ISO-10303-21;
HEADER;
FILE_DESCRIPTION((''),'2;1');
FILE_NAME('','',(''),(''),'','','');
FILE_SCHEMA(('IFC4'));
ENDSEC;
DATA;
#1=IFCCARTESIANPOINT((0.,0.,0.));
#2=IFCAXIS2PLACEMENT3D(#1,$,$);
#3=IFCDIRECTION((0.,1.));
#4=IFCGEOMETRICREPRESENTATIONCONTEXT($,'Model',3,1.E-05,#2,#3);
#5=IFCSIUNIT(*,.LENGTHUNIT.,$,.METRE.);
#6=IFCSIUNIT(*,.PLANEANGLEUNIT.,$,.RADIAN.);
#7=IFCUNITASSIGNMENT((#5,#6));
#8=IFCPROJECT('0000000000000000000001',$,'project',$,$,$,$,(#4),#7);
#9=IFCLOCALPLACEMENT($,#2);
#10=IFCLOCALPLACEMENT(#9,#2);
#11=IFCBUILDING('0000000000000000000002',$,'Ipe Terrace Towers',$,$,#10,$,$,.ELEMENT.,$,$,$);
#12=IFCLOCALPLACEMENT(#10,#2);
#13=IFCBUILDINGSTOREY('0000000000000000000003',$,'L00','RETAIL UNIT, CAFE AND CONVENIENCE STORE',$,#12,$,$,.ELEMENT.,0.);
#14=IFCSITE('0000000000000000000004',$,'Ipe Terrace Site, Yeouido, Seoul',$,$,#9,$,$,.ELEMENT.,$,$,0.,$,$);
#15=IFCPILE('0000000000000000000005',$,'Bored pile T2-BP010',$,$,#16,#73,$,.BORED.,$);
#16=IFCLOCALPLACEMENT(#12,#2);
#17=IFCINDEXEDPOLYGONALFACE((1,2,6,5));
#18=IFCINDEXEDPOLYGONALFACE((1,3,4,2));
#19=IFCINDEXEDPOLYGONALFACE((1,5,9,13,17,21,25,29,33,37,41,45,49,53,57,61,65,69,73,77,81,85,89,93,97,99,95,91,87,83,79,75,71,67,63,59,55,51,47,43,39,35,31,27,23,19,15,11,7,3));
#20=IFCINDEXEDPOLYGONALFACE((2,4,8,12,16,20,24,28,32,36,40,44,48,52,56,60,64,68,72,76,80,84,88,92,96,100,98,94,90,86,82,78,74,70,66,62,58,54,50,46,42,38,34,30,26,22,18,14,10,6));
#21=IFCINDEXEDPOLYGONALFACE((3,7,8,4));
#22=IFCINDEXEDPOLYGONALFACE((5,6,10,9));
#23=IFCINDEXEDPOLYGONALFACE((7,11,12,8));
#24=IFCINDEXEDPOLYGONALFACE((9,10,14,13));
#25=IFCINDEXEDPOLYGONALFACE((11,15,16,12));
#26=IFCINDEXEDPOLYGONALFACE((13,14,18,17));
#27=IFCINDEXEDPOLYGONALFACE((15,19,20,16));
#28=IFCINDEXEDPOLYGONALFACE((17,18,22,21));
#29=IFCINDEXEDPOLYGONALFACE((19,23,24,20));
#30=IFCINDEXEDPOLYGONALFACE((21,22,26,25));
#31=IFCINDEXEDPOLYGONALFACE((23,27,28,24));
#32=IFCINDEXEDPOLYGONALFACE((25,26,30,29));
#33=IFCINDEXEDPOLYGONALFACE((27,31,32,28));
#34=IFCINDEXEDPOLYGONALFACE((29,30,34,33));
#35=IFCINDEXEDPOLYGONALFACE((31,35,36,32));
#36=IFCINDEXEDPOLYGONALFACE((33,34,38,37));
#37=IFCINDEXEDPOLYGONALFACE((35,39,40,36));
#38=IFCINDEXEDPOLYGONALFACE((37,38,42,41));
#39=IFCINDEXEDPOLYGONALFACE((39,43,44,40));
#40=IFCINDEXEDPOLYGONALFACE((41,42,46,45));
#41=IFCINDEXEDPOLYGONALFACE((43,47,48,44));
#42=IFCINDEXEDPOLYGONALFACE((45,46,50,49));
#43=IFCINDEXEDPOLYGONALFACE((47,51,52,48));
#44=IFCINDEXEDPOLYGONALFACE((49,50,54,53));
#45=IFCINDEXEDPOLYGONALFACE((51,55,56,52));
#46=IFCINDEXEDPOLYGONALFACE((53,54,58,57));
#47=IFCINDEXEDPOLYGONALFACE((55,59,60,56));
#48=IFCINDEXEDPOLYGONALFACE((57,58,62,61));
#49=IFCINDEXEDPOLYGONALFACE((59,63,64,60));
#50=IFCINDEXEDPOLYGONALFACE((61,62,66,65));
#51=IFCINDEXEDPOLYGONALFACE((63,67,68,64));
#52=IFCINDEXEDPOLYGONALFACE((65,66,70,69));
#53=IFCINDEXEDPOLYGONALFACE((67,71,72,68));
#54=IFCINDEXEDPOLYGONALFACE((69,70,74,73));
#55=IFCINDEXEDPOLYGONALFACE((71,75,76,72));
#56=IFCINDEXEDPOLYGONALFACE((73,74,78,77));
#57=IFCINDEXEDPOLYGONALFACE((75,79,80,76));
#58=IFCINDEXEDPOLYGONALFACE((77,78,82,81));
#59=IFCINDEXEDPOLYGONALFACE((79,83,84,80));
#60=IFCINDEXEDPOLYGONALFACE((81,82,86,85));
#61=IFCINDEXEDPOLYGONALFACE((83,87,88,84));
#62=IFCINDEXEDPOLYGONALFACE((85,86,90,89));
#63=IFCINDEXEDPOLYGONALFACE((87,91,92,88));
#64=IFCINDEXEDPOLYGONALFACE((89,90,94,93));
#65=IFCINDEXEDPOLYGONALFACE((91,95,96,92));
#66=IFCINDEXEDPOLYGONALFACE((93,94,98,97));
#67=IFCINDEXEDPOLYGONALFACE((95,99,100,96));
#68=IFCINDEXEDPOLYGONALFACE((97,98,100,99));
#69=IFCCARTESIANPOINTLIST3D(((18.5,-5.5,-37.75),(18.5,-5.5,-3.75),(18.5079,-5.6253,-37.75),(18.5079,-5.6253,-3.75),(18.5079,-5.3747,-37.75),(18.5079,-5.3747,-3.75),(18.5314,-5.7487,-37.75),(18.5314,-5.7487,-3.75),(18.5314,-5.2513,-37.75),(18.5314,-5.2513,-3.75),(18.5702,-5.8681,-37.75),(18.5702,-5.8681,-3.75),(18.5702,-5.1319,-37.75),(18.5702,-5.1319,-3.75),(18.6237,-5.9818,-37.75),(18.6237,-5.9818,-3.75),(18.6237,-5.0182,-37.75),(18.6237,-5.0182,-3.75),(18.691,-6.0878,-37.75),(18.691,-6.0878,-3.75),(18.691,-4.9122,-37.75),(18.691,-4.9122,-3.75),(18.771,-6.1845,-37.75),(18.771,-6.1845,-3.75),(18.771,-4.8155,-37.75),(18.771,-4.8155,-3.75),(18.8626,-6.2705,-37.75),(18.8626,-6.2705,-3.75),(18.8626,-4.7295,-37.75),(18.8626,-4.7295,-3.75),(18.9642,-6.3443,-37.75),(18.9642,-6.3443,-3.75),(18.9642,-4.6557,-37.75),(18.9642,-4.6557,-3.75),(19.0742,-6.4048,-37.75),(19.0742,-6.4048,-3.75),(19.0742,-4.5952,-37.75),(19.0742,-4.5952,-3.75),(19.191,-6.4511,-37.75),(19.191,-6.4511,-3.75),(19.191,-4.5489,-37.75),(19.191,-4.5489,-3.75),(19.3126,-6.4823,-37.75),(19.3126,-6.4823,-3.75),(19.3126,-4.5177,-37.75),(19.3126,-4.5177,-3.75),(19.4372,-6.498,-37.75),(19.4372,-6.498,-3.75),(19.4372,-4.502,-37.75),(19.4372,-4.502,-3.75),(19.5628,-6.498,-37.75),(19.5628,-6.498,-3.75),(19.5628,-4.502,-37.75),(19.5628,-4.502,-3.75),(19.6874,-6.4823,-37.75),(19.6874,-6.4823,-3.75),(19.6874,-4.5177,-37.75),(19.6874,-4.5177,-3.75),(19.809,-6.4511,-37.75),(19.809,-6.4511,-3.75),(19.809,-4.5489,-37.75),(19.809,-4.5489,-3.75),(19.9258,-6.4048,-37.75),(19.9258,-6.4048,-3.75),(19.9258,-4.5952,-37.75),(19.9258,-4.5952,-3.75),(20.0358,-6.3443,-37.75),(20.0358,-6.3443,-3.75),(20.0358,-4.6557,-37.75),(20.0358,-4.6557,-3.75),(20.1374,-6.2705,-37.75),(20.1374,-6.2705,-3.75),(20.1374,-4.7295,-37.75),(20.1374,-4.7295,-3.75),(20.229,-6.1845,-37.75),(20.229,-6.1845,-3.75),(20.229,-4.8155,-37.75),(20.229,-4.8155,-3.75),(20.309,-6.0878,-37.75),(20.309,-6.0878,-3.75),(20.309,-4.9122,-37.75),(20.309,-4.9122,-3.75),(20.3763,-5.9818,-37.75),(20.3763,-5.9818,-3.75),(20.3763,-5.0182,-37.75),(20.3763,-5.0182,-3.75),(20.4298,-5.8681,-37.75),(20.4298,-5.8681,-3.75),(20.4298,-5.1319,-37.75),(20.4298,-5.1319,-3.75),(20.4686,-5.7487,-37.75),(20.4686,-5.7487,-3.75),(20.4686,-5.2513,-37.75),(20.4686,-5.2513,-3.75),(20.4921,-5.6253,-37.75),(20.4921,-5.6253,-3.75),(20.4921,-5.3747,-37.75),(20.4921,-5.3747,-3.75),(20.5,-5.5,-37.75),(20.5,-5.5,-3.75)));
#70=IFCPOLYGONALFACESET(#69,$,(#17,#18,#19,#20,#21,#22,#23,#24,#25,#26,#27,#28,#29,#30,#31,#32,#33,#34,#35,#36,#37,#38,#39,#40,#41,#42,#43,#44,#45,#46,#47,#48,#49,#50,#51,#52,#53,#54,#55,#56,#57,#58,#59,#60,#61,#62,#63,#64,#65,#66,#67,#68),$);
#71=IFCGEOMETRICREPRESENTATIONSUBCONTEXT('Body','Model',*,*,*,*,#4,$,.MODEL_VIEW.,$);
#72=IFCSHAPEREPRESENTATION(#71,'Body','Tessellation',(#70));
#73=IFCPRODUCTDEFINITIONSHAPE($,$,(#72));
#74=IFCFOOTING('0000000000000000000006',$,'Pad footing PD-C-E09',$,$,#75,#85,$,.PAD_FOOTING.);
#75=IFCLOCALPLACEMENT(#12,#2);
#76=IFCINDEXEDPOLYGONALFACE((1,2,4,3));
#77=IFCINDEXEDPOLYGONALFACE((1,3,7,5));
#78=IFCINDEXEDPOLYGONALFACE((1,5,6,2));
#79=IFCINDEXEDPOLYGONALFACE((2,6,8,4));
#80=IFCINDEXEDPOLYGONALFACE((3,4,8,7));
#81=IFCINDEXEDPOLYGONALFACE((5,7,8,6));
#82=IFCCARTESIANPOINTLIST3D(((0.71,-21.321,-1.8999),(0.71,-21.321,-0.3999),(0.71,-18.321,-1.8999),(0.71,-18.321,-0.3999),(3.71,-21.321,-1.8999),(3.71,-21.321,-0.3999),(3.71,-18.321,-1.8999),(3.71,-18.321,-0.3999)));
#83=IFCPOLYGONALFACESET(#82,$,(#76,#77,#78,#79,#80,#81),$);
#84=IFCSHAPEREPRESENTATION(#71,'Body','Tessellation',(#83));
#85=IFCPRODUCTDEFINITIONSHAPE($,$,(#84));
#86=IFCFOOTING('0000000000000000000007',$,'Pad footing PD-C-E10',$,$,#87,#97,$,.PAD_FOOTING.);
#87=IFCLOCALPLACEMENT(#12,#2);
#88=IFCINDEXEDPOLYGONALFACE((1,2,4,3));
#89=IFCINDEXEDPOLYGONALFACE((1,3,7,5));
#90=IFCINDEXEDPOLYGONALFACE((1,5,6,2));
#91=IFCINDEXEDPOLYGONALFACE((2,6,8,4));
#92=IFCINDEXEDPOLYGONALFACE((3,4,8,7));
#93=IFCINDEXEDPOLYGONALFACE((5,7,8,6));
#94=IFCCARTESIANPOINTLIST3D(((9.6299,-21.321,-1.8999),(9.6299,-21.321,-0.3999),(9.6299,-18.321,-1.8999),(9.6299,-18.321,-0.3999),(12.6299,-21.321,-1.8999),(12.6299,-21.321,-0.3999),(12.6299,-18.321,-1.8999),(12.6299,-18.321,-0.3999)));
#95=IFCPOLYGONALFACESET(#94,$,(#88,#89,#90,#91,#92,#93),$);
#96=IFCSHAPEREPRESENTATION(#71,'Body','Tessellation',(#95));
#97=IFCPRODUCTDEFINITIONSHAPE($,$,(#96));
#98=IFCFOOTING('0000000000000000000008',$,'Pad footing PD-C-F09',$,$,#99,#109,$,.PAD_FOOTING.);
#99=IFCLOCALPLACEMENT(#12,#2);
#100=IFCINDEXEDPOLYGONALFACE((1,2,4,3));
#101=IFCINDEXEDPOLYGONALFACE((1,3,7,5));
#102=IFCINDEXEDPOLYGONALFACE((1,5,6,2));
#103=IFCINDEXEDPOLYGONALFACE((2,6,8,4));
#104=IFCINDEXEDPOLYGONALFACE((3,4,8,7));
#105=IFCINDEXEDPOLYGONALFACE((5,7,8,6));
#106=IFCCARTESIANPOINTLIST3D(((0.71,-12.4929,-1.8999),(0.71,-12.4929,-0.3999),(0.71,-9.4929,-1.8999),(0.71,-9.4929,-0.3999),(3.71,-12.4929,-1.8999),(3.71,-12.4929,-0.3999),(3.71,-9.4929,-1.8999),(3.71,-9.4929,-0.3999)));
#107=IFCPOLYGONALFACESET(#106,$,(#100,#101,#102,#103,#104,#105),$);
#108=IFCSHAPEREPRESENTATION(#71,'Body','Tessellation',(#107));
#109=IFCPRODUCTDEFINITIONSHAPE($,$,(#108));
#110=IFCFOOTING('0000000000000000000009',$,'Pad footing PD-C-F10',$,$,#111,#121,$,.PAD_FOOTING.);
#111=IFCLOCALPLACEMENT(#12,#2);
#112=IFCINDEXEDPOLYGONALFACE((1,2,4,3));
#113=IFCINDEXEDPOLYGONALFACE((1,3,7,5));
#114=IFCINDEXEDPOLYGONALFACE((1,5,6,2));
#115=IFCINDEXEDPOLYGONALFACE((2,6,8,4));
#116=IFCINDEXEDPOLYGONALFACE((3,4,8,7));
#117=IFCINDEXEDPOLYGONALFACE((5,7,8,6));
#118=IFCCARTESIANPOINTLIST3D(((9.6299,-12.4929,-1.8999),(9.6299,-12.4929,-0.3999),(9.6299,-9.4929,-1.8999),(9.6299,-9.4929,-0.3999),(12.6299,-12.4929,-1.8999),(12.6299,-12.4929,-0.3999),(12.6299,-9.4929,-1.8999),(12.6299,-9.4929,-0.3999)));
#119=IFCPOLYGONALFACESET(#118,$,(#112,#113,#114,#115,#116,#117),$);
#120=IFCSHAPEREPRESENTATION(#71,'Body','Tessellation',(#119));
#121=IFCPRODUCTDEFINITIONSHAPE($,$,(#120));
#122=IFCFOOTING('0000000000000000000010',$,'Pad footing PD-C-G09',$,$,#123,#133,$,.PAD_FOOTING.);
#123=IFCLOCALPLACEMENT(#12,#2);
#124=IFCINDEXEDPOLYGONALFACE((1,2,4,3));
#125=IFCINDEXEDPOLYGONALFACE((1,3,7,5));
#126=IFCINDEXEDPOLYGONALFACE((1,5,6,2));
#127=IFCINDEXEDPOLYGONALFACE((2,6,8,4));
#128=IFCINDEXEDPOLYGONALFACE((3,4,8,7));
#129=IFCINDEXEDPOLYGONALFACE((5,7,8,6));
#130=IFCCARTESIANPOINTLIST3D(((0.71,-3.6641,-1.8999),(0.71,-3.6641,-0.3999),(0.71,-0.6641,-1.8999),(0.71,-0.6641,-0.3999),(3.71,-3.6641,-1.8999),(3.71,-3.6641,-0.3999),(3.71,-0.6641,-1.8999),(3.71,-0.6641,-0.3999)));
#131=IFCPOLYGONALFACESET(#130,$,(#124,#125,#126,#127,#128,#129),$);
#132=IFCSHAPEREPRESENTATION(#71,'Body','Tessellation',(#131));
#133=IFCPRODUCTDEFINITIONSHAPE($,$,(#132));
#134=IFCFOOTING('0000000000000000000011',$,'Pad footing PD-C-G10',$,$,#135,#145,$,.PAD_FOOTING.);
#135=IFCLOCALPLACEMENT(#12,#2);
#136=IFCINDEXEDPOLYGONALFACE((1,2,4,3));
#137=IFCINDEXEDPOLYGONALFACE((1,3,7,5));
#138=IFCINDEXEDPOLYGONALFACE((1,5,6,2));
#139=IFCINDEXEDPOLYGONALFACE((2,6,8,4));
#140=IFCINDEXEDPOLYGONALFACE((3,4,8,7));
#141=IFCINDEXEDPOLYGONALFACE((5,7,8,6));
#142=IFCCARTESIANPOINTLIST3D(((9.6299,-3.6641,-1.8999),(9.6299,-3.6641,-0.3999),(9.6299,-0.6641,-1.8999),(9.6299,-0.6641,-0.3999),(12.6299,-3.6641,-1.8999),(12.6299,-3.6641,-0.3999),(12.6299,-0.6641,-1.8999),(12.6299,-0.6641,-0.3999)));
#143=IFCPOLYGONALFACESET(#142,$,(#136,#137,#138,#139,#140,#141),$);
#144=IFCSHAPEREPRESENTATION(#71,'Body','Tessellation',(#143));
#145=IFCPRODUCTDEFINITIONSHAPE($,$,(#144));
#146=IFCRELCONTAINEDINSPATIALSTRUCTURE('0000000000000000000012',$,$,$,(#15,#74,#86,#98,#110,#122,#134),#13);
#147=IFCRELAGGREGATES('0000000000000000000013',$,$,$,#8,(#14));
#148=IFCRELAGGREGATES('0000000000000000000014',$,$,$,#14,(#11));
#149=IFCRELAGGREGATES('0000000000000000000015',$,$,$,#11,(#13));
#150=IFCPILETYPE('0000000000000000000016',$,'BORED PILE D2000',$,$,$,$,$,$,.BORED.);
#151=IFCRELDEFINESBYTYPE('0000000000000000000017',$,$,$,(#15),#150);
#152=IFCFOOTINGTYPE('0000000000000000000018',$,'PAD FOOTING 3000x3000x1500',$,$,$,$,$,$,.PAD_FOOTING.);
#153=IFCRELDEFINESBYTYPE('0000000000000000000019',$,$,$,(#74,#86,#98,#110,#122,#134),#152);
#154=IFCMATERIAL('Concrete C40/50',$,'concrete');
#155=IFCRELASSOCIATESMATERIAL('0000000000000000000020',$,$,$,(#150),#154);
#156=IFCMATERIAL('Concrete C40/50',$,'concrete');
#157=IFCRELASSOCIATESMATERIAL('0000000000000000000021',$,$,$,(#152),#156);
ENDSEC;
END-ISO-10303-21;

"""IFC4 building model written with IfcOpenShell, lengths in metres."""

from ifc_helpers import new_model, si_unit, direction, frame, origin, origin_2d, place, context, subcontext, project, spatial, rectangle, circle, extrude, material, material_profile, profile_set, type_object, element, save


model = new_model("IFC4")

# Units and contexts
model_context = context("Model", 3, precision=1e-05, world=origin(), true_north=direction((0.0, 1.0)))
body_context = subcontext(model_context, "Body", "Model", "MODEL_VIEW")
ifc_project = project(units=[si_unit("LENGTHUNIT", "METRE"), si_unit("PLANEANGLEUNIT", "RADIAN")], contexts=[model_context])

# Site, building, storey
site_placement = place(None, origin())
site = spatial("IfcSite", under=ifc_project, at=site_placement, Name="Ipe Terrace Site, Yeouido, Seoul", CompositionType="ELEMENT", RefElevation=0.0)
building_placement = place(site_placement, origin())
building = spatial("IfcBuilding", under=site, at=building_placement, Name="Ipe Terrace Towers", CompositionType="ELEMENT")
storey_placement = place(building_placement, origin())
storey = spatial("IfcBuildingStorey", under=building, at=storey_placement, Name="L00", Description="RETAIL UNIT, CAFE AND CONVENIENCE STORE", CompositionType="ELEMENT", Elevation=0.0)

# Pile
ifc_material_1 = material(Name="Concrete C40/50", Category="concrete")
ifc_material_profile_1 = material_profile(ifc_material_1, circle(Radius=1.0, at=origin_2d()), Name="BORED PILE D2000")
ifc_profile_set_1 = profile_set([ifc_material_profile_1], Name="Concrete C40/50")
pile_type = type_object("IfcPileType", Name="BORED PILE D2000", PredefinedType="BORED", material=ifc_profile_set_1)
pile_placement = place(storey_placement, frame((19.5, -5.5, -3.75), z_axis=(0.0, 0.0, -1.0), x_axis=(1.0, 0.0, 0.0)))
element("IfcPile", 1, at=pile_placement, inside=storey, type_object=pile_type, Name="Bored pile T2-BP010", PredefinedType="BORED", context=body_context, shape_type="SweptSolid", body=[
    extrude(circle(Radius=1.0, at=origin_2d()), origin(), (0.0, 0.0, 1.0), 34.0),
])

# Footings
ifc_material_2 = material(Name="Concrete C40/50", Category="concrete")
footing_type = type_object("IfcFootingType", Name="PAD FOOTING 3000x3000x1500", PredefinedType="PAD_FOOTING", material=ifc_material_2)
for number, where, z_axis, x_axis, name in (
    (2, (2.21, -19.821, -1.8999), (0.0, 0.0, 1.0), (1.0, 0.0, 0.0), "Pad footing PD-C-E09"),
    (3, (11.1299, -19.821, -1.8999), (0.0, 0.0, 1.0), (1.0, 0.0, 0.0), "Pad footing PD-C-E10"),
    (4, (2.21, -10.9929, -1.8999), (0.0, 0.0, 1.0), (1.0, 0.0, 0.0), "Pad footing PD-C-F09"),
    (5, (11.1299, -10.9929, -1.8999), (0.0, 0.0, 1.0), (1.0, 0.0, 0.0), "Pad footing PD-C-F10"),
    (6, (2.21, -2.1641, -1.8999), (0.0, 0.0, 1.0), (1.0, 0.0, 0.0), "Pad footing PD-C-G09"),
    (7, (11.1299, -2.1641, -1.8999), (0.0, 0.0, 1.0), (1.0, 0.0, 0.0), "Pad footing PD-C-G10"),
):
    element("IfcFooting", number, at=place(storey_placement, frame(where, z_axis=z_axis, x_axis=x_axis)), inside=storey, type_object=footing_type, Name=name, PredefinedType="PAD_FOOTING", context=body_context, shape_type="SweptSolid", body=[
        extrude(rectangle(XDim=3.0, YDim=3.0, at=origin_2d()), origin(), (0.0, 0.0, 1.0), 1.5),
    ])

save(model, "model.ifc")
